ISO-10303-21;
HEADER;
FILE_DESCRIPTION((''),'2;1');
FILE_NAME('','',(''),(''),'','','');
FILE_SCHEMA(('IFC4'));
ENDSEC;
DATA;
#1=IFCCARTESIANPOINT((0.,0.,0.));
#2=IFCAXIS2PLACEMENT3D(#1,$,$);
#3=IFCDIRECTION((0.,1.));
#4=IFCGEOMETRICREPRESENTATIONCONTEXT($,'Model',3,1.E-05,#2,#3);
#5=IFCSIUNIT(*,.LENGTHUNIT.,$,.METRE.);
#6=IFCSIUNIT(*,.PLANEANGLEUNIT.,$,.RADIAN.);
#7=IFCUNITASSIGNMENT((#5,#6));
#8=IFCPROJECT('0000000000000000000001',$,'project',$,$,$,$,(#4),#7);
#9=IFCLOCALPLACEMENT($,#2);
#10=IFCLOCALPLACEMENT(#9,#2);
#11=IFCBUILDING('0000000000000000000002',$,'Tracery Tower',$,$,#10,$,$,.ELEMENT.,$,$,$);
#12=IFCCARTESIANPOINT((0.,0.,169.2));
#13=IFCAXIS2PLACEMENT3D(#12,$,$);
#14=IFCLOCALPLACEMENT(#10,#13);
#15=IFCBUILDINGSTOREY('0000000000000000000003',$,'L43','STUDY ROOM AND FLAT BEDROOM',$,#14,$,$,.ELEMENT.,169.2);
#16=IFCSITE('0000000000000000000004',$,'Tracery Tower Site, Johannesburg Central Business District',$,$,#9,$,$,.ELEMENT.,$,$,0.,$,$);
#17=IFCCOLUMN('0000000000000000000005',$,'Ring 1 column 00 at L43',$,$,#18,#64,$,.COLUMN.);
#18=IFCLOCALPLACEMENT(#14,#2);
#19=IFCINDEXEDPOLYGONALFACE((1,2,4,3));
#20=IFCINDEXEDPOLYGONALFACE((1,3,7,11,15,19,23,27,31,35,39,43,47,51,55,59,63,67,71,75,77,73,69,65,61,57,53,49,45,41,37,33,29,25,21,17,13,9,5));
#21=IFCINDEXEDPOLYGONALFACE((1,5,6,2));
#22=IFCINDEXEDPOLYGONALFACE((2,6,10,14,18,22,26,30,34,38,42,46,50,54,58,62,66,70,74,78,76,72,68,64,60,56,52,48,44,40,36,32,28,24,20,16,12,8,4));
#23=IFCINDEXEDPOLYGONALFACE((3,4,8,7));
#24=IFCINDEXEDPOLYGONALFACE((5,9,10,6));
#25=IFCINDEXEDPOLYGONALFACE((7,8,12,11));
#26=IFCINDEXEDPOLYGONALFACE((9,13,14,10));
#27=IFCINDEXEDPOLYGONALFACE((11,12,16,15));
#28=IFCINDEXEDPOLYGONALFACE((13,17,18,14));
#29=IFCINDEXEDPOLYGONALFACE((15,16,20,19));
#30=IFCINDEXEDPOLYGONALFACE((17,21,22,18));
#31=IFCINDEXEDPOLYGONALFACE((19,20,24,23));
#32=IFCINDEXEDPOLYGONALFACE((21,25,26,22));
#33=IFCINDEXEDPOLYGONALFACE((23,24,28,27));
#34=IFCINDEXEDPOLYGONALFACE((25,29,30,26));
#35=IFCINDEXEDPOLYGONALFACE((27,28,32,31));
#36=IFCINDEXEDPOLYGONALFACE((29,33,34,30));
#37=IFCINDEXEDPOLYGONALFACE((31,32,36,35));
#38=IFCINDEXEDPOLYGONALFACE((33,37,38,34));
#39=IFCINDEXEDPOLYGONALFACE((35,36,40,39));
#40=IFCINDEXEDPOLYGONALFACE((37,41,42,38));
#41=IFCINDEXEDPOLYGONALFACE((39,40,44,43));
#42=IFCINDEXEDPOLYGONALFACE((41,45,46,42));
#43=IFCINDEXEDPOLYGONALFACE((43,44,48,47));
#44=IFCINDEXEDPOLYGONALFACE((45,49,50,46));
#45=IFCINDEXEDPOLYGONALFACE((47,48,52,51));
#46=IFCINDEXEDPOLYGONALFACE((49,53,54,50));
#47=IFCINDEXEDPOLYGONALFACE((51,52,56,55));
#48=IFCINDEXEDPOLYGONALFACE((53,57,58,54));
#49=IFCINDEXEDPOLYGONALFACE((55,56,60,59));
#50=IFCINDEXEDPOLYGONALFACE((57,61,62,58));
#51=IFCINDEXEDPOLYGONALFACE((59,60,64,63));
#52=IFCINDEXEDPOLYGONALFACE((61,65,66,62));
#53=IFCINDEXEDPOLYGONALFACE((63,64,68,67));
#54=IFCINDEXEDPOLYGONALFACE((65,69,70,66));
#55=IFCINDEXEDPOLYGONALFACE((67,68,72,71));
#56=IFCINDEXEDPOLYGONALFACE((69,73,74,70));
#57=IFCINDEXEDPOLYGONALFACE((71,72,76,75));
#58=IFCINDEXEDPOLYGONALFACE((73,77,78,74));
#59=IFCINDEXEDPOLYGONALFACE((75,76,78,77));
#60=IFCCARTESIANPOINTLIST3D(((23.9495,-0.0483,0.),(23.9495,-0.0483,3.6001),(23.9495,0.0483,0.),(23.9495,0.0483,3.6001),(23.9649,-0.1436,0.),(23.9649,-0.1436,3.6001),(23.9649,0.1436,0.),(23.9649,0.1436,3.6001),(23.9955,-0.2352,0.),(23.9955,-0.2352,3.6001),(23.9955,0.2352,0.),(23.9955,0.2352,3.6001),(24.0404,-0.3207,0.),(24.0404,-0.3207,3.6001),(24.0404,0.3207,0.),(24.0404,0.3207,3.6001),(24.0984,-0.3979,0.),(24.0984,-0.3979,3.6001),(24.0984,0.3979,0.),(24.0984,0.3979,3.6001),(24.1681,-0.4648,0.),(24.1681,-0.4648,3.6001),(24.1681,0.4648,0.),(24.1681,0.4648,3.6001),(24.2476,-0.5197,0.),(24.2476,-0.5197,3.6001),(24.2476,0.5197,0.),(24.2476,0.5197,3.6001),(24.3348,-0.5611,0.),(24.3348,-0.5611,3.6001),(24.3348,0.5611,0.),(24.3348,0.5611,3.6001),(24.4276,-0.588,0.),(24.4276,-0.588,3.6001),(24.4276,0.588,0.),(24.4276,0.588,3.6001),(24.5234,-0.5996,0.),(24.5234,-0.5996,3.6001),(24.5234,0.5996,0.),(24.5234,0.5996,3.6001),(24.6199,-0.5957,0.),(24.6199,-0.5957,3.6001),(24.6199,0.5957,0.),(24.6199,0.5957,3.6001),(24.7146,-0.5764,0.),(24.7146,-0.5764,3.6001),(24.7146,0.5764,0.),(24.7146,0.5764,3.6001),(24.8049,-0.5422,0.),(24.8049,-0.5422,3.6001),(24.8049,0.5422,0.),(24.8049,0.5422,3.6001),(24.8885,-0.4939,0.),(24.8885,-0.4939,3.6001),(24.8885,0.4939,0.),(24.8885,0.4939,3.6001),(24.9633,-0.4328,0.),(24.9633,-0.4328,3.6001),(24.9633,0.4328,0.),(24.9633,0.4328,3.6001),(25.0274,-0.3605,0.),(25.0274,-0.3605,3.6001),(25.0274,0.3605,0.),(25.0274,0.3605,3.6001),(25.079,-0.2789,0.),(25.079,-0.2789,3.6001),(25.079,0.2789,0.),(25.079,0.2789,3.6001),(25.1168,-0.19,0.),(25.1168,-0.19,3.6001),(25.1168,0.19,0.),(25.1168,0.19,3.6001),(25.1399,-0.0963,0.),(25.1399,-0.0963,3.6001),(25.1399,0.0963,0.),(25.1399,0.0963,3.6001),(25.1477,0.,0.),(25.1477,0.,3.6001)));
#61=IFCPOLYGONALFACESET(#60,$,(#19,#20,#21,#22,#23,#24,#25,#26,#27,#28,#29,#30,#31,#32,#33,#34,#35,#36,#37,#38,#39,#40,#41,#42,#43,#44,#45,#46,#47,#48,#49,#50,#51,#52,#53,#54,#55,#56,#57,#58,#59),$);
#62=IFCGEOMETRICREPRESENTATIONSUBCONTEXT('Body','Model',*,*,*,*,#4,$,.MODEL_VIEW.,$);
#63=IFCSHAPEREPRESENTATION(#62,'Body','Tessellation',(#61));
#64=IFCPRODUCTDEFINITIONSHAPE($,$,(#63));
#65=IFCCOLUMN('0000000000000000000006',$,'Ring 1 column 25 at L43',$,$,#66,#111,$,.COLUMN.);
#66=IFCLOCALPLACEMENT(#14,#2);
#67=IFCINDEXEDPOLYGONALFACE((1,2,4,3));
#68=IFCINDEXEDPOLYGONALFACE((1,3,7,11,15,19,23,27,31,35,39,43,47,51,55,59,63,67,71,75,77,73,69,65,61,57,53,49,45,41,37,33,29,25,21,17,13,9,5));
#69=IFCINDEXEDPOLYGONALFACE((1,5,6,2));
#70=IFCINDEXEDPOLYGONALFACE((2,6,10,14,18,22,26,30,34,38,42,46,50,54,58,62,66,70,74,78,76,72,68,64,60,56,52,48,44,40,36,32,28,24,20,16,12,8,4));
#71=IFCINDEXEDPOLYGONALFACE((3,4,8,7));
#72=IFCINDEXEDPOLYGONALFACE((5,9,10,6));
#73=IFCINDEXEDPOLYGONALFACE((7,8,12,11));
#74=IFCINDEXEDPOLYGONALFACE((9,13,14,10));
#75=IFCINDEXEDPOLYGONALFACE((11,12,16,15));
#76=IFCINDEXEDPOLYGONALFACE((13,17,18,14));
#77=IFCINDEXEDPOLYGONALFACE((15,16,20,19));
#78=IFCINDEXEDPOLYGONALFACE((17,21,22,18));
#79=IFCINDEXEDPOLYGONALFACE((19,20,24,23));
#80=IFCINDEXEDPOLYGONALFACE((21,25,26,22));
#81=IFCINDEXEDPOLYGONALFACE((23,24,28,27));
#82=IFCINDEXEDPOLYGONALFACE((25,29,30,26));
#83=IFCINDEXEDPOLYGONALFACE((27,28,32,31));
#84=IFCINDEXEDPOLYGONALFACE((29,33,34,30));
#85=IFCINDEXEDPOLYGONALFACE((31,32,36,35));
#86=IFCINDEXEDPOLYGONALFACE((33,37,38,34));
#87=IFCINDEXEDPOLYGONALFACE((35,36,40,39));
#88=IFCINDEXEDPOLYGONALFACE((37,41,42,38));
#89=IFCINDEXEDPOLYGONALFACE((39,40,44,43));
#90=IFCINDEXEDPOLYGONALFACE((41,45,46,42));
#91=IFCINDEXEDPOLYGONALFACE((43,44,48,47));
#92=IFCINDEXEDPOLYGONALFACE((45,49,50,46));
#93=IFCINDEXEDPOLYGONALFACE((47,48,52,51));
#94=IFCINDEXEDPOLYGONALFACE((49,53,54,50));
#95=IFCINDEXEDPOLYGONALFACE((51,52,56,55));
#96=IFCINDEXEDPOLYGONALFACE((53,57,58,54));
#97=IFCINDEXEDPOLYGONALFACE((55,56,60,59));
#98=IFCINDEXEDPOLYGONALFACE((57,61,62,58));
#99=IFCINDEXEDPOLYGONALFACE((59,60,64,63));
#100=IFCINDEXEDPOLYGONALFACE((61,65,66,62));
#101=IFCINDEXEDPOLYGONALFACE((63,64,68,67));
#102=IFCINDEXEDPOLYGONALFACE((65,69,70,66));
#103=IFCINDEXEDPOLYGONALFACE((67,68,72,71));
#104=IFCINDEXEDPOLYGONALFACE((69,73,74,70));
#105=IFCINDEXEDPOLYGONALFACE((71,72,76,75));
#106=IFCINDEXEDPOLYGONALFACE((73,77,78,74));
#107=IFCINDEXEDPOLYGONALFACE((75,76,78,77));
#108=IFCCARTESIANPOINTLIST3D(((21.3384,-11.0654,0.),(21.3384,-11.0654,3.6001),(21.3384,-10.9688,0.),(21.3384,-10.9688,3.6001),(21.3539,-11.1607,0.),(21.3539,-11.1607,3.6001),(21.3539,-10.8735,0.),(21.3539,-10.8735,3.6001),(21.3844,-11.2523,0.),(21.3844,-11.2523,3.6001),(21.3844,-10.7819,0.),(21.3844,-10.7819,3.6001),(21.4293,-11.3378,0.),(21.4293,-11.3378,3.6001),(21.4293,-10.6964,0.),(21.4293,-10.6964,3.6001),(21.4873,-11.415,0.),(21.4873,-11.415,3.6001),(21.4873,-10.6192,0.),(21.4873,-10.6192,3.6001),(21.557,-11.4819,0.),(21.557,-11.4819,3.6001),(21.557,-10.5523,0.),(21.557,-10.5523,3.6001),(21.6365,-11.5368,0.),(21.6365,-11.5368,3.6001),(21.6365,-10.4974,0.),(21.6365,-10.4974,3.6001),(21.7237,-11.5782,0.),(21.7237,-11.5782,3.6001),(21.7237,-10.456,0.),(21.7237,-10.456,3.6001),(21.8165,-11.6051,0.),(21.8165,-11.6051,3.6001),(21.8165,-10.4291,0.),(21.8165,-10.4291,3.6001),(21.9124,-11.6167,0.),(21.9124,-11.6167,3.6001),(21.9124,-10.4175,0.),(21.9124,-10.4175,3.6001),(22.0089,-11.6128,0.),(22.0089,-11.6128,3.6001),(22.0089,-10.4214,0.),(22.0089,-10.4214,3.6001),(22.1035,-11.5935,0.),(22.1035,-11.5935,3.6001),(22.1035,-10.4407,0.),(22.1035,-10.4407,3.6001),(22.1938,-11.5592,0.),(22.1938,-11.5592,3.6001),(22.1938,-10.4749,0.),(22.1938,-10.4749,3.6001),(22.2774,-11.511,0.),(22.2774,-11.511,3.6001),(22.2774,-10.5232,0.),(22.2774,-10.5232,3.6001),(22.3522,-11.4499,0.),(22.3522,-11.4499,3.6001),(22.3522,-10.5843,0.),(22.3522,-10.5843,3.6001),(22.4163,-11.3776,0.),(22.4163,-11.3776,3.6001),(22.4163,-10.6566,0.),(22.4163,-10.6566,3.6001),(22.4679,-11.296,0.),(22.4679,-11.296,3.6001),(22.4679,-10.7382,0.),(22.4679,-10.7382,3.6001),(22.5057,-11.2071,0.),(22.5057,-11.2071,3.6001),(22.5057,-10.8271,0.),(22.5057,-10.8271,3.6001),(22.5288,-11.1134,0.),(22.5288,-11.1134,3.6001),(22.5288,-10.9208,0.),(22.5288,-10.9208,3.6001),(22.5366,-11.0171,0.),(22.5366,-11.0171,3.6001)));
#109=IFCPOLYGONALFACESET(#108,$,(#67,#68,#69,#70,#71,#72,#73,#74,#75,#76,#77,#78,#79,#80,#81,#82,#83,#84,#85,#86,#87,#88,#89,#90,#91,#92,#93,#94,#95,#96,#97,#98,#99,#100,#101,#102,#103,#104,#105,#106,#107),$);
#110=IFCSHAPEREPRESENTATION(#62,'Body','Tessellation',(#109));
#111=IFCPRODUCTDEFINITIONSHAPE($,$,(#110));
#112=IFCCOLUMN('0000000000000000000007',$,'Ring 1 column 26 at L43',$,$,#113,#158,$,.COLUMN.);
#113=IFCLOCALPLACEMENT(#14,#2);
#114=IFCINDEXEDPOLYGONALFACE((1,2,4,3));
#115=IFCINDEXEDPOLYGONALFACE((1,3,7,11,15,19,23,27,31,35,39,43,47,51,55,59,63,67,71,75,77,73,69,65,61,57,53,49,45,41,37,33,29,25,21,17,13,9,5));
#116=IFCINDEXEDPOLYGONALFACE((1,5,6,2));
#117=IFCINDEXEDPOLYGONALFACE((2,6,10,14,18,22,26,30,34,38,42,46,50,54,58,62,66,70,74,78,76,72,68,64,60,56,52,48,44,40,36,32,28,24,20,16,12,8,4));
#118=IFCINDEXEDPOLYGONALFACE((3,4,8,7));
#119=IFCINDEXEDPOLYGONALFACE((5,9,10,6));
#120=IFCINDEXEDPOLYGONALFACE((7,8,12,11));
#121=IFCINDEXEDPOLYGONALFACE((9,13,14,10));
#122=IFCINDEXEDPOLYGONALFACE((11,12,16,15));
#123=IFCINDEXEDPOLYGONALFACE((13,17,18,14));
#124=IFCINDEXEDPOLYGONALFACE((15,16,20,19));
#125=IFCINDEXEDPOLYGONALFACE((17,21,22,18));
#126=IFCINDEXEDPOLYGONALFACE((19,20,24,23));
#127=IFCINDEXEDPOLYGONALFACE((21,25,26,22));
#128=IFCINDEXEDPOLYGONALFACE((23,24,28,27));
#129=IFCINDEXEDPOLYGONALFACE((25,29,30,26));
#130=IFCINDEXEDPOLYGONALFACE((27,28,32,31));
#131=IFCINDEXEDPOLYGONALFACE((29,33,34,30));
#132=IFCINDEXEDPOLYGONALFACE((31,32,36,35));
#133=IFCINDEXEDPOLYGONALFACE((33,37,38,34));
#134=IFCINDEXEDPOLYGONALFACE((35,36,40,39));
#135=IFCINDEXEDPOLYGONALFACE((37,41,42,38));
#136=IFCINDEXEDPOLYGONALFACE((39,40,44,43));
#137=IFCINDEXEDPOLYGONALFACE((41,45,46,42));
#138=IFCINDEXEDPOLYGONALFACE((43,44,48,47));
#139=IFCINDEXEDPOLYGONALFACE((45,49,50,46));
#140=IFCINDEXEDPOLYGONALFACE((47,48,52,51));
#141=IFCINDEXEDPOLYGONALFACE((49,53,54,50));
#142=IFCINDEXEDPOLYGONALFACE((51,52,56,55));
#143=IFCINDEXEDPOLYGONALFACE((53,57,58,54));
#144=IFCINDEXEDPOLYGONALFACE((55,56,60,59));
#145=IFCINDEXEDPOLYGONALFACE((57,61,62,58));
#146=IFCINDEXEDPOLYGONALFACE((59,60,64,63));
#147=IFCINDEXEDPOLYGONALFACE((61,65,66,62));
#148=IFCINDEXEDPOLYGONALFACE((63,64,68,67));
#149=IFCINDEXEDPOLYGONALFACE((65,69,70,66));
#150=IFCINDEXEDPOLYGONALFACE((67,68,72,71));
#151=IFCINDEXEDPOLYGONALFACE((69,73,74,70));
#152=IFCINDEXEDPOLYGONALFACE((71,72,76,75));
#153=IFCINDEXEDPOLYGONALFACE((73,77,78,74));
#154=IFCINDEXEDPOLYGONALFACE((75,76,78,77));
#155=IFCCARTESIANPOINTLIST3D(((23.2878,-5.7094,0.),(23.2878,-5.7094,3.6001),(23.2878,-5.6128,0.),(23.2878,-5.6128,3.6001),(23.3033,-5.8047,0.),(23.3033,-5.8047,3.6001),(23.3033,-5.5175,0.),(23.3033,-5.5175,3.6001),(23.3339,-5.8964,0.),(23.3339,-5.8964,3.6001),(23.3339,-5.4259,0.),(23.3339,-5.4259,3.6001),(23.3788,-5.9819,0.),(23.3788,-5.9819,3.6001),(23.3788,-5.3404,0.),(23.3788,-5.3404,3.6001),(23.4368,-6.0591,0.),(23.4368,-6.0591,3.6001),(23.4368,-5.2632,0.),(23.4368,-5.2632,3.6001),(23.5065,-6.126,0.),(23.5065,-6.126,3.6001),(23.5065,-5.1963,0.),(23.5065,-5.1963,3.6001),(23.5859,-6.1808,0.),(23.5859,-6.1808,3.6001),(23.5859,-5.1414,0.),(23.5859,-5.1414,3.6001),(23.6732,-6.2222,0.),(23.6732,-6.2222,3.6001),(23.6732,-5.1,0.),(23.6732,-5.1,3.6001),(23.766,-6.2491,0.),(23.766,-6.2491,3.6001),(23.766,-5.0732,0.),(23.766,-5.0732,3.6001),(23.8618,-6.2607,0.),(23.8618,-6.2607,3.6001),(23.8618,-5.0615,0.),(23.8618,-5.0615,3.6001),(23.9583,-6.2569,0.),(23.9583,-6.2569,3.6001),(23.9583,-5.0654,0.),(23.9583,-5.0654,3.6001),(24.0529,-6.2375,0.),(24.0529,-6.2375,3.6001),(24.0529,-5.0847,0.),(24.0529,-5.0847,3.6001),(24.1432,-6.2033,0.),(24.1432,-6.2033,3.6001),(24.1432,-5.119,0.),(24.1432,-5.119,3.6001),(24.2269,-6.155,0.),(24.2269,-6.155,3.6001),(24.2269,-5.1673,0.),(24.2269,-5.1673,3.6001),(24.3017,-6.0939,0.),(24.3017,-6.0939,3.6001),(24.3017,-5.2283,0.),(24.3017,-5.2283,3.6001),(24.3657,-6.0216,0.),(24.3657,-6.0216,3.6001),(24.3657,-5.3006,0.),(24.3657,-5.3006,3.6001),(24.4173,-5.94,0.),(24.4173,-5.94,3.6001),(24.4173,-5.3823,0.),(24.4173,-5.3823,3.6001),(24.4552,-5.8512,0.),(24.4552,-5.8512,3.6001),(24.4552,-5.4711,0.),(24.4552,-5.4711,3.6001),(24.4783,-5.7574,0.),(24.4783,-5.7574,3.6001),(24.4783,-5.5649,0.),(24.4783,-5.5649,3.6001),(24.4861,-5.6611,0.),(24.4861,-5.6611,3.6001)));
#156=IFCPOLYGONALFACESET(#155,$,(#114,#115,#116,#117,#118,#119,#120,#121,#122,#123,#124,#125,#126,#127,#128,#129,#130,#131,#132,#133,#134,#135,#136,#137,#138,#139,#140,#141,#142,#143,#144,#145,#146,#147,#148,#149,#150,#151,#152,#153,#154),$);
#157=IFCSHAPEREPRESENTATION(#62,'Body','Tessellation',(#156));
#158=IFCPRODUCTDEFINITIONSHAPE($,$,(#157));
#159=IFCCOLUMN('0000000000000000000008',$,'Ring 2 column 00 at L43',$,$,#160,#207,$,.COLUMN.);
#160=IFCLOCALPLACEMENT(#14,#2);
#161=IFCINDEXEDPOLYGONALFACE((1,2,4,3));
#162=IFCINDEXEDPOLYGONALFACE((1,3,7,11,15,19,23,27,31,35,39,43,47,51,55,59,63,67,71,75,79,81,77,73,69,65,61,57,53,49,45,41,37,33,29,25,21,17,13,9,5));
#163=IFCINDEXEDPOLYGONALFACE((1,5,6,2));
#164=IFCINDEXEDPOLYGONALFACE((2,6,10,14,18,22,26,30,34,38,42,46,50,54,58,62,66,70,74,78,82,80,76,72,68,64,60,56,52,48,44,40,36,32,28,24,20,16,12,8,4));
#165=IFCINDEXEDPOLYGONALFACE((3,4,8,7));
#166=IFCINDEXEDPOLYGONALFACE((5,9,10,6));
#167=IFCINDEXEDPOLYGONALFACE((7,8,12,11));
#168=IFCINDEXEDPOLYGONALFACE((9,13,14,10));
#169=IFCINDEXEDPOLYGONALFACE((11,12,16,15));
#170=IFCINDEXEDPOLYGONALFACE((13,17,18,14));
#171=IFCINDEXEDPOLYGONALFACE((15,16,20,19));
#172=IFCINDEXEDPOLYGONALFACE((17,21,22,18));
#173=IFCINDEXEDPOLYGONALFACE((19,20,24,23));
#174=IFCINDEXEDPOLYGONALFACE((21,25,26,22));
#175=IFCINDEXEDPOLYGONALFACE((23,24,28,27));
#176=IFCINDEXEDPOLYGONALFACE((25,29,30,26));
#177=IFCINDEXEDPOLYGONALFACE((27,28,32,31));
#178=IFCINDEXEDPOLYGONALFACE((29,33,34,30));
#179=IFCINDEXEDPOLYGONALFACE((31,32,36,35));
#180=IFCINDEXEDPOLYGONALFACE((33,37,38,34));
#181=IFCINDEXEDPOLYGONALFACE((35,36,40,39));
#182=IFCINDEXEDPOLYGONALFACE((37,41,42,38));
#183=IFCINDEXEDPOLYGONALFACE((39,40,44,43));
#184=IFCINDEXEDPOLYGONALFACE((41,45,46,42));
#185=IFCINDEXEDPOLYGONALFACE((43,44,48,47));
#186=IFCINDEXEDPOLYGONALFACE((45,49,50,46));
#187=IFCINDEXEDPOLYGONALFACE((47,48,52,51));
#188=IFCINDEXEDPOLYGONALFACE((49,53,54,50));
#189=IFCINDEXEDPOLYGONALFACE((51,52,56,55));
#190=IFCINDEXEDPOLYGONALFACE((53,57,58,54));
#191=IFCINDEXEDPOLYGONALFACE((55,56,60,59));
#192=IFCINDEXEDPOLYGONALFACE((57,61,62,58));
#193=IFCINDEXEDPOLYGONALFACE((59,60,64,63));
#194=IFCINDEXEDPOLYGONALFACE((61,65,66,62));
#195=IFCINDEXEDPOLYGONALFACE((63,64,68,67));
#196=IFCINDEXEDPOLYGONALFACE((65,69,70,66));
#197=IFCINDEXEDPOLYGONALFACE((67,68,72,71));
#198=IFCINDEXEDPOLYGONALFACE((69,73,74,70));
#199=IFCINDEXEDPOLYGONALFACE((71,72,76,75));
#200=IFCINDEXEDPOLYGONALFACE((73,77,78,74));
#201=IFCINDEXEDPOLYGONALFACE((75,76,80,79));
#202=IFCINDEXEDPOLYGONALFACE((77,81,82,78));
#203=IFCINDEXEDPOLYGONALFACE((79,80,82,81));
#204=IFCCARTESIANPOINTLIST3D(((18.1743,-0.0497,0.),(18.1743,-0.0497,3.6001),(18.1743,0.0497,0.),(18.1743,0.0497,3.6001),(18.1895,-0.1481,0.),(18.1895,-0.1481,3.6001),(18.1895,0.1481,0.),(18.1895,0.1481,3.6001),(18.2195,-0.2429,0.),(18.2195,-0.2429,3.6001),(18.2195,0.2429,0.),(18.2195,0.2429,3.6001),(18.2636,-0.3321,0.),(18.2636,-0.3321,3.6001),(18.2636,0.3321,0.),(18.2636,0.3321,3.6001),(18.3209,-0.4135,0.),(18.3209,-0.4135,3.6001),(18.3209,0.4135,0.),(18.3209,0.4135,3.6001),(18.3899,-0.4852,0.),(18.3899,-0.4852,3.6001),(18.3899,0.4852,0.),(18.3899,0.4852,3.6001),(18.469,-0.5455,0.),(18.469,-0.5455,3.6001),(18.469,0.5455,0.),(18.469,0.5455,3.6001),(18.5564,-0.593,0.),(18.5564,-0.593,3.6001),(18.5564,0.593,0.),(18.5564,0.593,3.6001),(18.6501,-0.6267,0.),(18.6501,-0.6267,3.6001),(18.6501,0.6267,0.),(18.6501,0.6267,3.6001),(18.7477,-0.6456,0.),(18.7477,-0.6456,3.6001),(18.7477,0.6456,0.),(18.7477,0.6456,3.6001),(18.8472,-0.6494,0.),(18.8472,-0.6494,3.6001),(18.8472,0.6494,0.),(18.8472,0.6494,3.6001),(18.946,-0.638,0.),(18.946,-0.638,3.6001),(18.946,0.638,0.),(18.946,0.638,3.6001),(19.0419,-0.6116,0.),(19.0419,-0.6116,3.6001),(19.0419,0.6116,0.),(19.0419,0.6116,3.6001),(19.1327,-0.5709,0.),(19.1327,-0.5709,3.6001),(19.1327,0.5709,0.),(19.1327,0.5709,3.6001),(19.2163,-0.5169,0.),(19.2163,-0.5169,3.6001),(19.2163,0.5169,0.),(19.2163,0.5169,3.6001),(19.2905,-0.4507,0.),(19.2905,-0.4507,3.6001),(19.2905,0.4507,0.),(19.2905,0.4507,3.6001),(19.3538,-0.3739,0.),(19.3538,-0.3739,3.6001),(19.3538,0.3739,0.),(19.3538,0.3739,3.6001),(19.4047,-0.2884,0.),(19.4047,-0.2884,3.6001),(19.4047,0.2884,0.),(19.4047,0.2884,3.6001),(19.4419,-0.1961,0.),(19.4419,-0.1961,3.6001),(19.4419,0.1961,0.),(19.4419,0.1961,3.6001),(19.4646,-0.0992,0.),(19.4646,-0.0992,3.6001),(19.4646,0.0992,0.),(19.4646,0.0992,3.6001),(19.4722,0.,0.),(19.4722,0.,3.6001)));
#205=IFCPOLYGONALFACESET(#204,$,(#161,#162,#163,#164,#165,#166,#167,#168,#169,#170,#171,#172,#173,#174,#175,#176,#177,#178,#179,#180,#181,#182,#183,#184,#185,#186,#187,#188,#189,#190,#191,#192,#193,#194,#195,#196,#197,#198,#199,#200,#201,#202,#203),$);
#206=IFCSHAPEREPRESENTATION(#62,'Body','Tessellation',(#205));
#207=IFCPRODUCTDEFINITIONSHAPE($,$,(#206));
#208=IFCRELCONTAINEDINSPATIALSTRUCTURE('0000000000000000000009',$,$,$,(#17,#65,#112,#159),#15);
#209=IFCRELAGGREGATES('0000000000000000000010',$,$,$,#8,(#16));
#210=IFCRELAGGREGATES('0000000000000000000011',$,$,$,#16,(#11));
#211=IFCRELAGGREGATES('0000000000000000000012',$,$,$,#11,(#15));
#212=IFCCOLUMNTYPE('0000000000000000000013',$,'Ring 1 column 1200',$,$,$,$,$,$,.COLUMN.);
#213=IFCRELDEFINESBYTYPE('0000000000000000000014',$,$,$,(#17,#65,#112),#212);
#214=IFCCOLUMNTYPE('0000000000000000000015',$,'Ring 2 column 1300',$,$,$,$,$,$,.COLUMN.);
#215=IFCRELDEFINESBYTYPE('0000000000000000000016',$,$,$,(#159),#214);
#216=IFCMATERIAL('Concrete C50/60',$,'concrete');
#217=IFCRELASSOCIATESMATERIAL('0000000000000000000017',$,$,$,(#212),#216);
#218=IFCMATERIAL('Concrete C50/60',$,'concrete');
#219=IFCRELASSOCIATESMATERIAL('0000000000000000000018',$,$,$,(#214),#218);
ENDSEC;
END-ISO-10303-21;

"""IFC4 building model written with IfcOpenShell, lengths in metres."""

from ifc_helpers import new_model, si_unit, direction, frame, origin, origin_2d, place, context, subcontext, project, spatial, circle, extrude, material, material_profile, profile_set, type_object, element, save


model = new_model("IFC4")

# Units and contexts
model_context = context("Model", 3, precision=1e-05, world=origin(), true_north=direction((0.0, 1.0)))
body_context = subcontext(model_context, "Body", "Model", "MODEL_VIEW")
ifc_project = project(units=[si_unit("LENGTHUNIT", "METRE"), si_unit("PLANEANGLEUNIT", "RADIAN")], contexts=[model_context])

# Site, building, storey
site_placement = place(None, origin())
site = spatial("IfcSite", under=ifc_project, at=site_placement, Name="Tracery Tower Site, Johannesburg Central Business District", CompositionType="ELEMENT", RefElevation=0.0)
building_placement = place(site_placement, origin())
building = spatial("IfcBuilding", under=site, at=building_placement, Name="Tracery Tower", CompositionType="ELEMENT")
storey_placement = place(building_placement, frame((0.0, 0.0, 169.2)))
storey = spatial("IfcBuildingStorey", under=building, at=storey_placement, Name="L43", Description="STUDY ROOM AND FLAT BEDROOM", CompositionType="ELEMENT", Elevation=169.2)

# Columns
ifc_material_1 = material(Name="Concrete C50/60", Category="concrete")
ifc_material_profile_1 = material_profile(ifc_material_1, circle(Radius=0.6001, at=origin_2d()), Name="RC D1200")
ifc_profile_set_1 = profile_set([ifc_material_profile_1], Name="Concrete C50/60")
column_type_1 = type_object("IfcColumnType", Name="Ring 1 column 1200", PredefinedType="COLUMN", material=ifc_profile_set_1)
for number, where, z_axis, x_axis, name in (
    (1, (24.5476, 0.0, 0.0), (0.0, 0.0, 1.0), (1.0, 0.0, 0.0), "Ring 1 column 00 at L43"),
    (2, (21.9365, -11.0171, 0.0), (0.0, 0.0, 1.0), (1.0, 0.0, 0.0), "Ring 1 column 25 at L43"),
    (3, (23.886, -5.6611, 0.0), (0.0, 0.0, 1.0), (1.0, 0.0, 0.0), "Ring 1 column 26 at L43"),
):
    element("IfcColumn", number, at=place(storey_placement, frame(where, z_axis=z_axis, x_axis=x_axis)), inside=storey, type_object=column_type_1, Name=name, PredefinedType="COLUMN", context=body_context, shape_type="SweptSolid", body=[
        extrude(circle(Radius=0.6001, at=origin_2d()), origin(), (0.0, 0.0, 1.0), 3.6001),
    ])
ifc_material_2 = material(Name="Concrete C50/60", Category="concrete")
ifc_material_profile_2 = material_profile(ifc_material_2, circle(Radius=0.6499, at=origin_2d()), Name="RC D1300")
ifc_profile_set_2 = profile_set([ifc_material_profile_2], Name="Concrete C50/60")
column_type_2 = type_object("IfcColumnType", Name="Ring 2 column 1300", PredefinedType="COLUMN", material=ifc_profile_set_2)
for number, where, z_axis, x_axis, name in (
    (4, (18.8223, 0.0, 0.0), (0.0, 0.0, 1.0), (1.0, 0.0, 0.0), "Ring 2 column 00 at L43"),
):
    element("IfcColumn", number, at=place(storey_placement, frame(where, z_axis=z_axis, x_axis=x_axis)), inside=storey, type_object=column_type_2, Name=name, PredefinedType="COLUMN", context=body_context, shape_type="SweptSolid", body=[
        extrude(circle(Radius=0.6499, at=origin_2d()), origin(), (0.0, 0.0, 1.0), 3.6001),
    ])

save(model, "model.ifc")
